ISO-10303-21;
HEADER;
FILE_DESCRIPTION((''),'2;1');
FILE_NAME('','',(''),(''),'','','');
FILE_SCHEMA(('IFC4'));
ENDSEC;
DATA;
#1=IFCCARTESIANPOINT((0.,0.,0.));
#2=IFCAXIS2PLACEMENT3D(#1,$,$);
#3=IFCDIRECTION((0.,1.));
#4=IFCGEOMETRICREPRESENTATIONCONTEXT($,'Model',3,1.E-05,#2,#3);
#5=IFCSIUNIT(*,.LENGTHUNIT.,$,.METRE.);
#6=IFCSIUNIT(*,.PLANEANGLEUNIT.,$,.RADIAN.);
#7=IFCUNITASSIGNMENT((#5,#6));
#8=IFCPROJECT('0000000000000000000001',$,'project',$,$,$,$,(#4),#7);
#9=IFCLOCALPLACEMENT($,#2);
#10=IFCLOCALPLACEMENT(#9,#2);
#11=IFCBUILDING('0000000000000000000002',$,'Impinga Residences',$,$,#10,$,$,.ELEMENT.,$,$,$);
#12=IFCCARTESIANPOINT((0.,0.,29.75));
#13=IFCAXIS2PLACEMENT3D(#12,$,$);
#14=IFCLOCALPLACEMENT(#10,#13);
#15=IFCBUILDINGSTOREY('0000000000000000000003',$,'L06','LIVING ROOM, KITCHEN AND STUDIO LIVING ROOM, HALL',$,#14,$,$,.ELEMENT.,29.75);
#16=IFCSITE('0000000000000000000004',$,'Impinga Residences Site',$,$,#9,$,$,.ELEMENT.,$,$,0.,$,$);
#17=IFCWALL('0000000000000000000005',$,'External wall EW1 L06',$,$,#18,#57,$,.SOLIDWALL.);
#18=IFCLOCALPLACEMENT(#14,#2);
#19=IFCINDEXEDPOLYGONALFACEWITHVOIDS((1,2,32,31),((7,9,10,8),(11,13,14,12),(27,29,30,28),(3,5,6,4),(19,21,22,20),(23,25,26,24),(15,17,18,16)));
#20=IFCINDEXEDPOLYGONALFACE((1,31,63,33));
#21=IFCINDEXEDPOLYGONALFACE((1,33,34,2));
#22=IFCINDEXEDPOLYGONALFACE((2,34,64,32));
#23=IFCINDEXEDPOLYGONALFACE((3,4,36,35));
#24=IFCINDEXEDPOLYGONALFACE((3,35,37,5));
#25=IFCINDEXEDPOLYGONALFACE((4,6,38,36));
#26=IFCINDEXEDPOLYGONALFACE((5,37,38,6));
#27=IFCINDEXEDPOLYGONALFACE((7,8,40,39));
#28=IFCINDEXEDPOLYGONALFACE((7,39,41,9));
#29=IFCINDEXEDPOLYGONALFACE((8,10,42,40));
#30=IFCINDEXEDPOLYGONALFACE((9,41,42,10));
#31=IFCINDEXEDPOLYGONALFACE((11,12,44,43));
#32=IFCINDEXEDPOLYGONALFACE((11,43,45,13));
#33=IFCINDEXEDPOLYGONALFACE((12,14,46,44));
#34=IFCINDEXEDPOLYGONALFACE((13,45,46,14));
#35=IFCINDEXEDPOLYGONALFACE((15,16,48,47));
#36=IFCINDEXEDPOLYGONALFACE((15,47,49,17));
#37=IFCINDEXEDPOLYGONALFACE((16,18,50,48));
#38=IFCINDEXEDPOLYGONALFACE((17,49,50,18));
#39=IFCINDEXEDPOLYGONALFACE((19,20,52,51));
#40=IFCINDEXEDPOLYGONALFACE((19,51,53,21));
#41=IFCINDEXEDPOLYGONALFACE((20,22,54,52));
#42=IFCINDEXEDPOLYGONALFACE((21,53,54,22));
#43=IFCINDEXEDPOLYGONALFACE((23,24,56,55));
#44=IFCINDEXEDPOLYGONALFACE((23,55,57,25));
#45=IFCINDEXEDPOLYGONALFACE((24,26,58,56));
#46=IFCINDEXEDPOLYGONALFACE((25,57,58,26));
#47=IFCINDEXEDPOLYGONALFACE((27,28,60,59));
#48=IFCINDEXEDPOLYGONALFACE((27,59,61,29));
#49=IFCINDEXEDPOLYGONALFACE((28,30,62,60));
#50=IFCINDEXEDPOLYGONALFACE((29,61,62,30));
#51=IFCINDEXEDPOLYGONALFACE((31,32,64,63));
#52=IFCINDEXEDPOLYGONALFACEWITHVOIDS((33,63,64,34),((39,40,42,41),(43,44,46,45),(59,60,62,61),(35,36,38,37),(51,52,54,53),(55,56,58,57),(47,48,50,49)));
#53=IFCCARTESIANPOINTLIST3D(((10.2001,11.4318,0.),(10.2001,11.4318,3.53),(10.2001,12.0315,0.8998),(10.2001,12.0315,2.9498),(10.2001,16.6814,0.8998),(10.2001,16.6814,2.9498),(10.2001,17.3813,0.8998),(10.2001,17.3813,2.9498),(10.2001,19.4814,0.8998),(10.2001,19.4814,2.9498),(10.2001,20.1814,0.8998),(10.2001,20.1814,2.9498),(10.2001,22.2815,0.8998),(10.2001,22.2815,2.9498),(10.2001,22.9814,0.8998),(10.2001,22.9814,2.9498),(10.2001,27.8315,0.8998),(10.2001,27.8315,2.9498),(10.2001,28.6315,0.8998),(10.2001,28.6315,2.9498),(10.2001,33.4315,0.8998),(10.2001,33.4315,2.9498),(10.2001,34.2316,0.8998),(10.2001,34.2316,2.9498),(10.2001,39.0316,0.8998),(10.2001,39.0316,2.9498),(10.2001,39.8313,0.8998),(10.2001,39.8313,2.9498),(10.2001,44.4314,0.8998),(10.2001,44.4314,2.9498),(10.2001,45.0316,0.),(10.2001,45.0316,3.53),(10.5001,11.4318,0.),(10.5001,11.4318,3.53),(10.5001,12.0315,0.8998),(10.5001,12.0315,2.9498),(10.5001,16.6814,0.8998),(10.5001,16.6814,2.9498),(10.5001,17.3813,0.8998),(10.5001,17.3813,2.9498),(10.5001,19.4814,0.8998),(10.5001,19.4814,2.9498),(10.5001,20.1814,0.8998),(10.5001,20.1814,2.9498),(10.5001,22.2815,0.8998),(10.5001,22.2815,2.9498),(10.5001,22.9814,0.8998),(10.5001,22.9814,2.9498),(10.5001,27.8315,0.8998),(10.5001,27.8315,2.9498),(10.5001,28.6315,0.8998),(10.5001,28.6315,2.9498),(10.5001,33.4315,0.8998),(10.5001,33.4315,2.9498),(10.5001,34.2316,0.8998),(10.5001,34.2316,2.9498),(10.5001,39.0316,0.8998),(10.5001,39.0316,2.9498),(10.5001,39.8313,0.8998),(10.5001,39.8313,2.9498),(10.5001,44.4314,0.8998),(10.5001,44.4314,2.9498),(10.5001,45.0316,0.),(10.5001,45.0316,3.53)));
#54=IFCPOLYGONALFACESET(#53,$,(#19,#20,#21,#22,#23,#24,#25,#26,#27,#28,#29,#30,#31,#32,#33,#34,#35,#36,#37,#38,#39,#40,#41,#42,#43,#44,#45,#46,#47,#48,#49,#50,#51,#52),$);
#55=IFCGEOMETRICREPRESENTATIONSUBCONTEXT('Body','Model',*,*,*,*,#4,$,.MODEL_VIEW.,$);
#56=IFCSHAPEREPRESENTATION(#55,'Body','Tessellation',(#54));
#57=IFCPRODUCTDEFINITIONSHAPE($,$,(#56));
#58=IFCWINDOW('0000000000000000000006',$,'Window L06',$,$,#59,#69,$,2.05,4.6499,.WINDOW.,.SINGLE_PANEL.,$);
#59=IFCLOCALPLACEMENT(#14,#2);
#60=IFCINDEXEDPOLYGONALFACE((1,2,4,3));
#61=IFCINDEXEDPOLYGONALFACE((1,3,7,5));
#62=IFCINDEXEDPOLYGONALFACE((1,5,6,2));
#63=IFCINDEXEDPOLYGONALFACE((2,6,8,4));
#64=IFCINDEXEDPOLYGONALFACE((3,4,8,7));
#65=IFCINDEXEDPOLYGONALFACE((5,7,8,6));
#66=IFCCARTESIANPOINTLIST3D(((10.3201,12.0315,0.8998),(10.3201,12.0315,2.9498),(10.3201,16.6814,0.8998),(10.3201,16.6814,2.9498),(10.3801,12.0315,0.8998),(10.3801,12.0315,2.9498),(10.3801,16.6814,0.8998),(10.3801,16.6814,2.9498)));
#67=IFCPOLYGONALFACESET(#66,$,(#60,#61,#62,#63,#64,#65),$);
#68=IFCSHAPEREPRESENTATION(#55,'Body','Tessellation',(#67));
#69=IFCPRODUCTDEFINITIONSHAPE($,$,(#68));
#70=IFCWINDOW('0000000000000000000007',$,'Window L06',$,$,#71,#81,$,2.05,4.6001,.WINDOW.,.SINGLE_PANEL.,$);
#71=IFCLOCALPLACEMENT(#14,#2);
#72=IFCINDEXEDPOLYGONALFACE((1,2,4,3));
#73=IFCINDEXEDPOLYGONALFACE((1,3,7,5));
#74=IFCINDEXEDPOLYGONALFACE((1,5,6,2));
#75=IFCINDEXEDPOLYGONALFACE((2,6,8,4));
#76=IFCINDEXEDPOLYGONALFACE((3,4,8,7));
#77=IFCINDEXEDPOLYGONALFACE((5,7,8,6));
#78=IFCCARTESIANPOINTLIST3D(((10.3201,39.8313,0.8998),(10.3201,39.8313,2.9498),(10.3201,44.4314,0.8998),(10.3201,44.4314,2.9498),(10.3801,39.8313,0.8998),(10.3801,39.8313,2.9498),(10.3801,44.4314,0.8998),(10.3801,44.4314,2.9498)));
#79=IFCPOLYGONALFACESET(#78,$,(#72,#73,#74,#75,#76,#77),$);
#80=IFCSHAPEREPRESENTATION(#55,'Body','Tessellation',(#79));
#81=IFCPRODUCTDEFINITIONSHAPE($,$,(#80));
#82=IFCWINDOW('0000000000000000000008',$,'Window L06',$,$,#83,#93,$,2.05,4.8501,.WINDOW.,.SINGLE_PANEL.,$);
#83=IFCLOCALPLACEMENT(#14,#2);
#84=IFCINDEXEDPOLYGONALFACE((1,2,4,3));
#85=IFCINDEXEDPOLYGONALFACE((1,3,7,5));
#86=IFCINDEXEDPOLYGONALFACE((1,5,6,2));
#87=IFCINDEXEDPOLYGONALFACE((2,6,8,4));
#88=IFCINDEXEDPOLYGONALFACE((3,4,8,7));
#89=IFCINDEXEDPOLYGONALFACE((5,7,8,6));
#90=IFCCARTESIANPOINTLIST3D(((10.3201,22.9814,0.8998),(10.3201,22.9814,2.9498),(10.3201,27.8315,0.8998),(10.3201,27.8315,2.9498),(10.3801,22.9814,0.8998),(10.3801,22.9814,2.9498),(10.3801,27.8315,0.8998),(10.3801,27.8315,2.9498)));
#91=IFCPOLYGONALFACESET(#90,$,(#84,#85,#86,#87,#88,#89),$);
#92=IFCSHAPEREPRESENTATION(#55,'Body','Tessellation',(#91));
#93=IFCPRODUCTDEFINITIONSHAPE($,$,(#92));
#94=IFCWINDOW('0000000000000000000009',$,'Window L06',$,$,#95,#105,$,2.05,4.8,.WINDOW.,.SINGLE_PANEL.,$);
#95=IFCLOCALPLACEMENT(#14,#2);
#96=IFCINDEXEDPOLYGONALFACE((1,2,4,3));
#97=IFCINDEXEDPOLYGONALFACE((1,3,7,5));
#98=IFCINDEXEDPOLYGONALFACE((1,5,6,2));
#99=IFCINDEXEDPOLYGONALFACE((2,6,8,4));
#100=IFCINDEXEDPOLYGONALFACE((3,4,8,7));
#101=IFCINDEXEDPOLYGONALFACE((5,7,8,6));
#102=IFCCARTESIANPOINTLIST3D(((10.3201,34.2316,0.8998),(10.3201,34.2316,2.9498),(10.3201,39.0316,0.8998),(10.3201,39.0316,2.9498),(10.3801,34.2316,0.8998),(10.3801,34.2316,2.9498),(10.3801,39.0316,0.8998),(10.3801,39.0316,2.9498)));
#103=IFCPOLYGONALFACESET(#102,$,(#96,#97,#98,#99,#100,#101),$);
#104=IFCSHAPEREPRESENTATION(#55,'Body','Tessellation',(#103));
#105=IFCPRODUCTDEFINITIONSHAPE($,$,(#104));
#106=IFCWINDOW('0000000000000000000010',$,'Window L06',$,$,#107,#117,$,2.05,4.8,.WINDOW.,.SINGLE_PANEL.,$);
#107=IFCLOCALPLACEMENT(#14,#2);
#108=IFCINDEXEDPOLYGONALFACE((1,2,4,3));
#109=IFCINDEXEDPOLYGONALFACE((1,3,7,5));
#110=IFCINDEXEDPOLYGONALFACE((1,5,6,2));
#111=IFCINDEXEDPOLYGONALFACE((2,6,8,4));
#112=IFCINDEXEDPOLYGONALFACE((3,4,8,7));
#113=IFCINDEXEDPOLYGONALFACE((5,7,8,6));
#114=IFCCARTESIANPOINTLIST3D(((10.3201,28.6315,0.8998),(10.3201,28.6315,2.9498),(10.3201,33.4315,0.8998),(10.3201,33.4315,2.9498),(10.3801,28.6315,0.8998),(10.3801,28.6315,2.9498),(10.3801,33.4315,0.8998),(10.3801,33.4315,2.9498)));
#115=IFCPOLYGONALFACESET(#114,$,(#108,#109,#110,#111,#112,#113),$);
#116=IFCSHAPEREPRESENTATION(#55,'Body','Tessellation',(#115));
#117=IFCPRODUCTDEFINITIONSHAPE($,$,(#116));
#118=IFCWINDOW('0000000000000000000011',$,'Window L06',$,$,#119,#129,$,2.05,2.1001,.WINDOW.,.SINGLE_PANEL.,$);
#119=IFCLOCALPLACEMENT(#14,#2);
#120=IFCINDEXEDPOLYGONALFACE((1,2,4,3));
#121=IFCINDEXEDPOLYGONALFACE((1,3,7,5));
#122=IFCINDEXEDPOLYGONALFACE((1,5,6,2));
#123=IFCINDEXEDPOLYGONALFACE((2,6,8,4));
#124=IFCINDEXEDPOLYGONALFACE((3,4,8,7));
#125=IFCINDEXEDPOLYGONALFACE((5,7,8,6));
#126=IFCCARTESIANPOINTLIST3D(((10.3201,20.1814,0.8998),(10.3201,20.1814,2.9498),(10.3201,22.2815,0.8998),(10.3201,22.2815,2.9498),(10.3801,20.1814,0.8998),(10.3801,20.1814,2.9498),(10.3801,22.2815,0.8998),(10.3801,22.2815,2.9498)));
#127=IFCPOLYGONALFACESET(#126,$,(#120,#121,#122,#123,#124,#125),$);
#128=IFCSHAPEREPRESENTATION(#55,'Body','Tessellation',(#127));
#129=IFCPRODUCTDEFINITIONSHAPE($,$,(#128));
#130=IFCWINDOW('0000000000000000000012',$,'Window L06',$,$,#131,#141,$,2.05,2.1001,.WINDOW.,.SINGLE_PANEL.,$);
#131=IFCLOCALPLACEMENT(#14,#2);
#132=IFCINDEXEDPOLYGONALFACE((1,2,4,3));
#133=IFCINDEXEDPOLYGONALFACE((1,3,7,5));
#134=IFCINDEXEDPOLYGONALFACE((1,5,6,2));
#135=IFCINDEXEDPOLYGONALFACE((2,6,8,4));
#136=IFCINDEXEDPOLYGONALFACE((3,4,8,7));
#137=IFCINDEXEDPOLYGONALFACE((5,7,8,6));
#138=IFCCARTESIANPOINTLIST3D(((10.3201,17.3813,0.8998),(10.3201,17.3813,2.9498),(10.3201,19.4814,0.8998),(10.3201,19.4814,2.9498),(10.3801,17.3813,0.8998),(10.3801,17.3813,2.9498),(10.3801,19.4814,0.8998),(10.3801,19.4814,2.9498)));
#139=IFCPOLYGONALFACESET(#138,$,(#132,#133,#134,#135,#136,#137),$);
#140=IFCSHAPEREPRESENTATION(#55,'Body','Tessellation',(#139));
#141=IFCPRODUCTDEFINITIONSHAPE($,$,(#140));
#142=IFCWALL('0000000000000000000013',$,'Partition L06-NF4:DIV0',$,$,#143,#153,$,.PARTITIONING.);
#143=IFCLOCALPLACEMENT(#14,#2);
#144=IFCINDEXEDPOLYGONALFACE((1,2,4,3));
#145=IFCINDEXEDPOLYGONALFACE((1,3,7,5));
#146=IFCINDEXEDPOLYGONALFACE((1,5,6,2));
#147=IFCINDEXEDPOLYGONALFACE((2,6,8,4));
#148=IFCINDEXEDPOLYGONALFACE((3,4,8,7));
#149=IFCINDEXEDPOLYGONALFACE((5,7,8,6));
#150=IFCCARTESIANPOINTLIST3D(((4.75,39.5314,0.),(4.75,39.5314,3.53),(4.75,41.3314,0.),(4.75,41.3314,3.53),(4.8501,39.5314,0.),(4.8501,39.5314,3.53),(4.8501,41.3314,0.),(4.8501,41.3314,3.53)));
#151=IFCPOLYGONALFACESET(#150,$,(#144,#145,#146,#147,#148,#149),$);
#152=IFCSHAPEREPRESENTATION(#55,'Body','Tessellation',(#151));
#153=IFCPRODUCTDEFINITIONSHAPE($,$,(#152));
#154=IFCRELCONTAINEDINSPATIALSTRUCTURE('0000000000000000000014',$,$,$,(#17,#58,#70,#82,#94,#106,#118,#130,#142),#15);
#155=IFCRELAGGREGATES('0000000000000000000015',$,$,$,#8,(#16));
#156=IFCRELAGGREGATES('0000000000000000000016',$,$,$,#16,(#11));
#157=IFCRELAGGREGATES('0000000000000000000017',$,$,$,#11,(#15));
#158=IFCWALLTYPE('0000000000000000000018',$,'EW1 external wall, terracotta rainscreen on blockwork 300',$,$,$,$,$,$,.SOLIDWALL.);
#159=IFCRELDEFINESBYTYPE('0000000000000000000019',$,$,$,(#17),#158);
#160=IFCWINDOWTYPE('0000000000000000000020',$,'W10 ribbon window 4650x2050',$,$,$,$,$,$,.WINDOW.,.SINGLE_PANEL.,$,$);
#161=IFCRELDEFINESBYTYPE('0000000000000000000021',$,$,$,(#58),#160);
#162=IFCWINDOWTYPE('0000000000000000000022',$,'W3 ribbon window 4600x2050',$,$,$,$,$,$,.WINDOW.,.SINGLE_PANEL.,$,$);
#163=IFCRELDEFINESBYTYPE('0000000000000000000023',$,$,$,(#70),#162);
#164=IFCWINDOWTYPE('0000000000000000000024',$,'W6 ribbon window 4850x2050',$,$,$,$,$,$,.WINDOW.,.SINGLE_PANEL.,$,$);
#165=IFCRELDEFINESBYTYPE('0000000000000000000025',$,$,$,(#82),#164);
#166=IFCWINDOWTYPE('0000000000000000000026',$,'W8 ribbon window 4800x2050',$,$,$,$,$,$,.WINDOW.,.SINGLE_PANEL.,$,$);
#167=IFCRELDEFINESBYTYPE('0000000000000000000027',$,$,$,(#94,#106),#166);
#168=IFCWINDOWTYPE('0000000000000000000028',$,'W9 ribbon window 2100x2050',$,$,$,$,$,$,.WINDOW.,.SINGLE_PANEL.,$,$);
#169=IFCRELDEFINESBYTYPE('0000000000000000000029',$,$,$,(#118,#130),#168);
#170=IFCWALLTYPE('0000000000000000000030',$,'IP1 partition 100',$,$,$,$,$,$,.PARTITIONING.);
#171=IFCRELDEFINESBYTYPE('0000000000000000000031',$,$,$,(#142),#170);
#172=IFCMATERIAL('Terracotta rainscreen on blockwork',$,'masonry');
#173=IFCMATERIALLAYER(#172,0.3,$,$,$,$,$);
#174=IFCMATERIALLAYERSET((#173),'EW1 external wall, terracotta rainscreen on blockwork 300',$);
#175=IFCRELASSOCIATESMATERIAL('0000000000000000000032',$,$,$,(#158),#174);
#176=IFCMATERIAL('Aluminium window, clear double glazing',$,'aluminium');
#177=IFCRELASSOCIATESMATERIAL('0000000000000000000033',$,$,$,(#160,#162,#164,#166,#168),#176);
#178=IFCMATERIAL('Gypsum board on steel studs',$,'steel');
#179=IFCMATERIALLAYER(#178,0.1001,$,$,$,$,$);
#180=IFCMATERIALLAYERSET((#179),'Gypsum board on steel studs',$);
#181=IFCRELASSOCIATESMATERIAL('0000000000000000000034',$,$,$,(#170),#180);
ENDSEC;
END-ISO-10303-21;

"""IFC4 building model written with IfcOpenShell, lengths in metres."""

from ifc_helpers import new_model, si_unit, direction, frame, frame_2d, origin, place, context, subcontext, project, spatial, rectangle, extrude, material, layer, layer_set, type_object, element, fill, save


model = new_model("IFC4")

# Units and contexts
model_context = context("Model", 3, precision=1e-05, world=origin(), true_north=direction((0.0, 1.0)))
body_context = subcontext(model_context, "Body", "Model", "MODEL_VIEW")
ifc_project = project(units=[si_unit("LENGTHUNIT", "METRE"), si_unit("PLANEANGLEUNIT", "RADIAN")], contexts=[model_context])

# Site, building, storey
site_placement = place(None, origin())
site = spatial("IfcSite", under=ifc_project, at=site_placement, Name="Impinga Residences Site", CompositionType="ELEMENT", RefElevation=0.0)
building_placement = place(site_placement, origin())
building = spatial("IfcBuilding", under=site, at=building_placement, Name="Impinga Residences", CompositionType="ELEMENT")
storey_placement = place(building_placement, frame((0.0, 0.0, 29.75)))
storey = spatial("IfcBuildingStorey", under=building, at=storey_placement, Name="L06", Description="LIVING ROOM, KITCHEN AND STUDIO LIVING ROOM, HALL", CompositionType="ELEMENT", Elevation=29.75)

# Shared definitions
ifc_material_1 = material(Name="Terracotta rainscreen on blockwork", Category="masonry")
ifc_layer_1 = layer(ifc_material_1, 0.3)
ifc_layer_set_1 = layer_set([ifc_layer_1], Name="EW1 external wall, terracotta rainscreen on blockwork 300")
wall_type_1 = type_object("IfcWallType", Name="EW1 external wall, terracotta rainscreen on blockwork 300", PredefinedType="SOLIDWALL", material=ifc_layer_set_1)

# Wall, openings, windows
wall_1_placement = place(storey_placement, frame((10.3501, 45.0315, 0.0), z_axis=(0.0, 0.0, 1.0), x_axis=(0.0, -1.0, 0.0)))
wall_1 = element("IfcWall", 1, at=wall_1_placement, inside=storey, type_object=wall_type_1, Name="External wall EW1 L06", PredefinedType="SOLIDWALL", context=body_context, shape_type="SweptSolid", body=[
    extrude(rectangle(XDim=33.5999, YDim=0.3, at=frame_2d((16.7998, 0.0))), origin(), (0.0, 0.0, 1.0), 3.53),
])
opening_1_placement = place(wall_1_placement, frame((0.6001, 0.0, 0.8999)))
opening_1 = element("IfcOpeningElement", 2, at=opening_1_placement, cuts=wall_1, PredefinedType="OPENING", context=body_context, shape_type="SweptSolid", body=[
    extrude(rectangle(XDim=4.6001, YDim=2.05, at=frame_2d((2.3, 1.0249))), frame((0.0, 0.1599, 0.0), z_axis=(0.0, -1.0, 0.0), x_axis=(1.0, 0.0, 0.0)), (0.0, 0.0, 1.0), 0.3201),
])
opening_2_placement = place(wall_1_placement, frame((6.0, 0.0, 0.8999)))
opening_2 = element("IfcOpeningElement", 3, at=opening_2_placement, cuts=wall_1, PredefinedType="OPENING", context=body_context, shape_type="SweptSolid", body=[
    extrude(rectangle(XDim=4.8, YDim=2.05, at=frame_2d((2.3999, 1.0249))), frame((0.0, 0.1599, 0.0), z_axis=(0.0, -1.0, 0.0), x_axis=(1.0, 0.0, 0.0)), (0.0, 0.0, 1.0), 0.3201),
])
opening_3_placement = place(wall_1_placement, frame((11.6001, 0.0, 0.8999)))
opening_3 = element("IfcOpeningElement", 4, at=opening_3_placement, cuts=wall_1, PredefinedType="OPENING", context=body_context, shape_type="SweptSolid", body=[
    extrude(rectangle(XDim=4.8, YDim=2.05, at=frame_2d((2.3999, 1.0249))), frame((0.0, 0.1599, 0.0), z_axis=(0.0, -1.0, 0.0), x_axis=(1.0, 0.0, 0.0)), (0.0, 0.0, 1.0), 0.3201),
])
opening_4_placement = place(wall_1_placement, frame((17.2, 0.0, 0.8999)))
opening_4 = element("IfcOpeningElement", 5, at=opening_4_placement, cuts=wall_1, PredefinedType="OPENING", context=body_context, shape_type="SweptSolid", body=[
    extrude(rectangle(XDim=4.8501, YDim=2.05, at=frame_2d((2.425, 1.0249))), frame((0.0, 0.1599, 0.0), z_axis=(0.0, -1.0, 0.0), x_axis=(1.0, 0.0, 0.0)), (0.0, 0.0, 1.0), 0.3201),
])
opening_5_placement = place(wall_1_placement, frame((22.75, 0.0, 0.8999)))
opening_5 = element("IfcOpeningElement", 6, at=opening_5_placement, cuts=wall_1, PredefinedType="OPENING", context=body_context, shape_type="SweptSolid", body=[
    extrude(rectangle(XDim=2.1001, YDim=2.05, at=frame_2d((1.05, 1.0249))), frame((0.0, 0.1599, 0.0), z_axis=(0.0, -1.0, 0.0), x_axis=(1.0, 0.0, 0.0)), (0.0, 0.0, 1.0), 0.3201),
])
opening_6_placement = place(wall_1_placement, frame((25.55, 0.0, 0.8999)))
opening_6 = element("IfcOpeningElement", 7, at=opening_6_placement, cuts=wall_1, PredefinedType="OPENING", context=body_context, shape_type="SweptSolid", body=[
    extrude(rectangle(XDim=2.1001, YDim=2.05, at=frame_2d((1.05, 1.0249))), frame((0.0, 0.1599, 0.0), z_axis=(0.0, -1.0, 0.0), x_axis=(1.0, 0.0, 0.0)), (0.0, 0.0, 1.0), 0.3201),
])
opening_7_placement = place(wall_1_placement, frame((28.3501, 0.0, 0.8999)))
opening_7 = element("IfcOpeningElement", 8, at=opening_7_placement, cuts=wall_1, PredefinedType="OPENING", context=body_context, shape_type="SweptSolid", body=[
    extrude(rectangle(XDim=4.6499, YDim=2.05, at=frame_2d((2.325, 1.0249))), frame((0.0, 0.1599, 0.0), z_axis=(0.0, -1.0, 0.0), x_axis=(1.0, 0.0, 0.0)), (0.0, 0.0, 1.0), 0.3201),
])
ifc_material_2 = material(Name="Aluminium window, clear double glazing", Category="aluminium")
window_type_1 = type_object("IfcWindowType", Name="W10 ribbon window 4650x2050", PartitioningType="SINGLE_PANEL", PredefinedType="WINDOW", material=ifc_material_2)
window_1_placement = place(opening_7_placement, origin())
window_1 = element("IfcWindow", 9, at=window_1_placement, inside=storey, type_object=window_type_1, Name="Window L06", OverallHeight=2.05, OverallWidth=4.6499, PartitioningType="SINGLE_PANEL", PredefinedType="WINDOW", context=body_context, shape_type="SweptSolid", body=[
    extrude(rectangle(XDim=4.6499, YDim=2.05, at=frame_2d((2.325, 1.0249))), frame((0.0, 0.03, 0.0), z_axis=(0.0, -1.0, 0.0), x_axis=(1.0, 0.0, 0.0)), (0.0, 0.0, 1.0), 0.0601),
])
fill(opening_7, window_1)
window_type_2 = type_object("IfcWindowType", Name="W3 ribbon window 4600x2050", PartitioningType="SINGLE_PANEL", PredefinedType="WINDOW", material=ifc_material_2)
window_2_placement = place(opening_1_placement, origin())
window_2 = element("IfcWindow", 10, at=window_2_placement, inside=storey, type_object=window_type_2, Name="Window L06", OverallHeight=2.05, OverallWidth=4.6001, PartitioningType="SINGLE_PANEL", PredefinedType="WINDOW", context=body_context, shape_type="SweptSolid", body=[
    extrude(rectangle(XDim=4.6001, YDim=2.05, at=frame_2d((2.3, 1.0249))), frame((0.0, 0.03, 0.0), z_axis=(0.0, -1.0, 0.0), x_axis=(1.0, 0.0, 0.0)), (0.0, 0.0, 1.0), 0.0601),
])
fill(opening_1, window_2)
window_type_3 = type_object("IfcWindowType", Name="W6 ribbon window 4850x2050", PartitioningType="SINGLE_PANEL", PredefinedType="WINDOW", material=ifc_material_2)
window_3_placement = place(opening_4_placement, origin())
window_3 = element("IfcWindow", 11, at=window_3_placement, inside=storey, type_object=window_type_3, Name="Window L06", OverallHeight=2.05, OverallWidth=4.8501, PartitioningType="SINGLE_PANEL", PredefinedType="WINDOW", context=body_context, shape_type="SweptSolid", body=[
    extrude(rectangle(XDim=4.8501, YDim=2.05, at=frame_2d((2.425, 1.0249))), frame((0.0, 0.03, 0.0), z_axis=(0.0, -1.0, 0.0), x_axis=(1.0, 0.0, 0.0)), (0.0, 0.0, 1.0), 0.0601),
])
fill(opening_4, window_3)
window_type_4 = type_object("IfcWindowType", Name="W8 ribbon window 4800x2050", PartitioningType="SINGLE_PANEL", PredefinedType="WINDOW", material=ifc_material_2)
window_4_placement = place(opening_2_placement, origin())
window_4 = element("IfcWindow", 12, at=window_4_placement, inside=storey, type_object=window_type_4, Name="Window L06", OverallHeight=2.05, OverallWidth=4.8, PartitioningType="SINGLE_PANEL", PredefinedType="WINDOW", context=body_context, shape_type="SweptSolid", body=[
    extrude(rectangle(XDim=4.8, YDim=2.05, at=frame_2d((2.3999, 1.0249))), frame((0.0, 0.03, 0.0), z_axis=(0.0, -1.0, 0.0), x_axis=(1.0, 0.0, 0.0)), (0.0, 0.0, 1.0), 0.0601),
])
fill(opening_2, window_4)
window_5_placement = place(opening_3_placement, origin())
window_5 = element("IfcWindow", 13, at=window_5_placement, inside=storey, type_object=window_type_4, Name="Window L06", OverallHeight=2.05, OverallWidth=4.8, PartitioningType="SINGLE_PANEL", PredefinedType="WINDOW", context=body_context, shape_type="SweptSolid", body=[
    extrude(rectangle(XDim=4.8, YDim=2.05, at=frame_2d((2.3999, 1.0249))), frame((0.0, 0.03, 0.0), z_axis=(0.0, -1.0, 0.0), x_axis=(1.0, 0.0, 0.0)), (0.0, 0.0, 1.0), 0.0601),
])
fill(opening_3, window_5)
window_type_5 = type_object("IfcWindowType", Name="W9 ribbon window 2100x2050", PartitioningType="SINGLE_PANEL", PredefinedType="WINDOW", material=ifc_material_2)
window_6_placement = place(opening_5_placement, origin())
window_6 = element("IfcWindow", 14, at=window_6_placement, inside=storey, type_object=window_type_5, Name="Window L06", OverallHeight=2.05, OverallWidth=2.1001, PartitioningType="SINGLE_PANEL", PredefinedType="WINDOW", context=body_context, shape_type="SweptSolid", body=[
    extrude(rectangle(XDim=2.1001, YDim=2.05, at=frame_2d((1.05, 1.0249))), frame((0.0, 0.03, 0.0), z_axis=(0.0, -1.0, 0.0), x_axis=(1.0, 0.0, 0.0)), (0.0, 0.0, 1.0), 0.0601),
])
fill(opening_5, window_6)
window_7_placement = place(opening_6_placement, origin())
window_7 = element("IfcWindow", 15, at=window_7_placement, inside=storey, type_object=window_type_5, Name="Window L06", OverallHeight=2.05, OverallWidth=2.1001, PartitioningType="SINGLE_PANEL", PredefinedType="WINDOW", context=body_context, shape_type="SweptSolid", body=[
    extrude(rectangle(XDim=2.1001, YDim=2.05, at=frame_2d((1.05, 1.0249))), frame((0.0, 0.03, 0.0), z_axis=(0.0, -1.0, 0.0), x_axis=(1.0, 0.0, 0.0)), (0.0, 0.0, 1.0), 0.0601),
])
fill(opening_6, window_7)

# Wall
ifc_material_3 = material(Name="Gypsum board on steel studs", Category="steel")
ifc_layer_2 = layer(ifc_material_3, 0.1001)
ifc_layer_set_2 = layer_set([ifc_layer_2], Name="Gypsum board on steel studs")
wall_type_2 = type_object("IfcWallType", Name="IP1 partition 100", PredefinedType="PARTITIONING", material=ifc_layer_set_2)
wall_2_placement = place(storey_placement, frame((4.8, 39.5315, 0.0), z_axis=(0.0, 0.0, 1.0), x_axis=(0.0, 1.0, 0.0)))
element("IfcWall", 16, at=wall_2_placement, inside=storey, type_object=wall_type_2, Name="Partition L06-NF4:DIV0", PredefinedType="PARTITIONING", context=body_context, shape_type="SweptSolid", body=[
    extrude(rectangle(XDim=1.8, YDim=0.1001, at=frame_2d((0.8999, 0.0))), origin(), (0.0, 0.0, 1.0), 3.53),
])

save(model, "model.ifc")
